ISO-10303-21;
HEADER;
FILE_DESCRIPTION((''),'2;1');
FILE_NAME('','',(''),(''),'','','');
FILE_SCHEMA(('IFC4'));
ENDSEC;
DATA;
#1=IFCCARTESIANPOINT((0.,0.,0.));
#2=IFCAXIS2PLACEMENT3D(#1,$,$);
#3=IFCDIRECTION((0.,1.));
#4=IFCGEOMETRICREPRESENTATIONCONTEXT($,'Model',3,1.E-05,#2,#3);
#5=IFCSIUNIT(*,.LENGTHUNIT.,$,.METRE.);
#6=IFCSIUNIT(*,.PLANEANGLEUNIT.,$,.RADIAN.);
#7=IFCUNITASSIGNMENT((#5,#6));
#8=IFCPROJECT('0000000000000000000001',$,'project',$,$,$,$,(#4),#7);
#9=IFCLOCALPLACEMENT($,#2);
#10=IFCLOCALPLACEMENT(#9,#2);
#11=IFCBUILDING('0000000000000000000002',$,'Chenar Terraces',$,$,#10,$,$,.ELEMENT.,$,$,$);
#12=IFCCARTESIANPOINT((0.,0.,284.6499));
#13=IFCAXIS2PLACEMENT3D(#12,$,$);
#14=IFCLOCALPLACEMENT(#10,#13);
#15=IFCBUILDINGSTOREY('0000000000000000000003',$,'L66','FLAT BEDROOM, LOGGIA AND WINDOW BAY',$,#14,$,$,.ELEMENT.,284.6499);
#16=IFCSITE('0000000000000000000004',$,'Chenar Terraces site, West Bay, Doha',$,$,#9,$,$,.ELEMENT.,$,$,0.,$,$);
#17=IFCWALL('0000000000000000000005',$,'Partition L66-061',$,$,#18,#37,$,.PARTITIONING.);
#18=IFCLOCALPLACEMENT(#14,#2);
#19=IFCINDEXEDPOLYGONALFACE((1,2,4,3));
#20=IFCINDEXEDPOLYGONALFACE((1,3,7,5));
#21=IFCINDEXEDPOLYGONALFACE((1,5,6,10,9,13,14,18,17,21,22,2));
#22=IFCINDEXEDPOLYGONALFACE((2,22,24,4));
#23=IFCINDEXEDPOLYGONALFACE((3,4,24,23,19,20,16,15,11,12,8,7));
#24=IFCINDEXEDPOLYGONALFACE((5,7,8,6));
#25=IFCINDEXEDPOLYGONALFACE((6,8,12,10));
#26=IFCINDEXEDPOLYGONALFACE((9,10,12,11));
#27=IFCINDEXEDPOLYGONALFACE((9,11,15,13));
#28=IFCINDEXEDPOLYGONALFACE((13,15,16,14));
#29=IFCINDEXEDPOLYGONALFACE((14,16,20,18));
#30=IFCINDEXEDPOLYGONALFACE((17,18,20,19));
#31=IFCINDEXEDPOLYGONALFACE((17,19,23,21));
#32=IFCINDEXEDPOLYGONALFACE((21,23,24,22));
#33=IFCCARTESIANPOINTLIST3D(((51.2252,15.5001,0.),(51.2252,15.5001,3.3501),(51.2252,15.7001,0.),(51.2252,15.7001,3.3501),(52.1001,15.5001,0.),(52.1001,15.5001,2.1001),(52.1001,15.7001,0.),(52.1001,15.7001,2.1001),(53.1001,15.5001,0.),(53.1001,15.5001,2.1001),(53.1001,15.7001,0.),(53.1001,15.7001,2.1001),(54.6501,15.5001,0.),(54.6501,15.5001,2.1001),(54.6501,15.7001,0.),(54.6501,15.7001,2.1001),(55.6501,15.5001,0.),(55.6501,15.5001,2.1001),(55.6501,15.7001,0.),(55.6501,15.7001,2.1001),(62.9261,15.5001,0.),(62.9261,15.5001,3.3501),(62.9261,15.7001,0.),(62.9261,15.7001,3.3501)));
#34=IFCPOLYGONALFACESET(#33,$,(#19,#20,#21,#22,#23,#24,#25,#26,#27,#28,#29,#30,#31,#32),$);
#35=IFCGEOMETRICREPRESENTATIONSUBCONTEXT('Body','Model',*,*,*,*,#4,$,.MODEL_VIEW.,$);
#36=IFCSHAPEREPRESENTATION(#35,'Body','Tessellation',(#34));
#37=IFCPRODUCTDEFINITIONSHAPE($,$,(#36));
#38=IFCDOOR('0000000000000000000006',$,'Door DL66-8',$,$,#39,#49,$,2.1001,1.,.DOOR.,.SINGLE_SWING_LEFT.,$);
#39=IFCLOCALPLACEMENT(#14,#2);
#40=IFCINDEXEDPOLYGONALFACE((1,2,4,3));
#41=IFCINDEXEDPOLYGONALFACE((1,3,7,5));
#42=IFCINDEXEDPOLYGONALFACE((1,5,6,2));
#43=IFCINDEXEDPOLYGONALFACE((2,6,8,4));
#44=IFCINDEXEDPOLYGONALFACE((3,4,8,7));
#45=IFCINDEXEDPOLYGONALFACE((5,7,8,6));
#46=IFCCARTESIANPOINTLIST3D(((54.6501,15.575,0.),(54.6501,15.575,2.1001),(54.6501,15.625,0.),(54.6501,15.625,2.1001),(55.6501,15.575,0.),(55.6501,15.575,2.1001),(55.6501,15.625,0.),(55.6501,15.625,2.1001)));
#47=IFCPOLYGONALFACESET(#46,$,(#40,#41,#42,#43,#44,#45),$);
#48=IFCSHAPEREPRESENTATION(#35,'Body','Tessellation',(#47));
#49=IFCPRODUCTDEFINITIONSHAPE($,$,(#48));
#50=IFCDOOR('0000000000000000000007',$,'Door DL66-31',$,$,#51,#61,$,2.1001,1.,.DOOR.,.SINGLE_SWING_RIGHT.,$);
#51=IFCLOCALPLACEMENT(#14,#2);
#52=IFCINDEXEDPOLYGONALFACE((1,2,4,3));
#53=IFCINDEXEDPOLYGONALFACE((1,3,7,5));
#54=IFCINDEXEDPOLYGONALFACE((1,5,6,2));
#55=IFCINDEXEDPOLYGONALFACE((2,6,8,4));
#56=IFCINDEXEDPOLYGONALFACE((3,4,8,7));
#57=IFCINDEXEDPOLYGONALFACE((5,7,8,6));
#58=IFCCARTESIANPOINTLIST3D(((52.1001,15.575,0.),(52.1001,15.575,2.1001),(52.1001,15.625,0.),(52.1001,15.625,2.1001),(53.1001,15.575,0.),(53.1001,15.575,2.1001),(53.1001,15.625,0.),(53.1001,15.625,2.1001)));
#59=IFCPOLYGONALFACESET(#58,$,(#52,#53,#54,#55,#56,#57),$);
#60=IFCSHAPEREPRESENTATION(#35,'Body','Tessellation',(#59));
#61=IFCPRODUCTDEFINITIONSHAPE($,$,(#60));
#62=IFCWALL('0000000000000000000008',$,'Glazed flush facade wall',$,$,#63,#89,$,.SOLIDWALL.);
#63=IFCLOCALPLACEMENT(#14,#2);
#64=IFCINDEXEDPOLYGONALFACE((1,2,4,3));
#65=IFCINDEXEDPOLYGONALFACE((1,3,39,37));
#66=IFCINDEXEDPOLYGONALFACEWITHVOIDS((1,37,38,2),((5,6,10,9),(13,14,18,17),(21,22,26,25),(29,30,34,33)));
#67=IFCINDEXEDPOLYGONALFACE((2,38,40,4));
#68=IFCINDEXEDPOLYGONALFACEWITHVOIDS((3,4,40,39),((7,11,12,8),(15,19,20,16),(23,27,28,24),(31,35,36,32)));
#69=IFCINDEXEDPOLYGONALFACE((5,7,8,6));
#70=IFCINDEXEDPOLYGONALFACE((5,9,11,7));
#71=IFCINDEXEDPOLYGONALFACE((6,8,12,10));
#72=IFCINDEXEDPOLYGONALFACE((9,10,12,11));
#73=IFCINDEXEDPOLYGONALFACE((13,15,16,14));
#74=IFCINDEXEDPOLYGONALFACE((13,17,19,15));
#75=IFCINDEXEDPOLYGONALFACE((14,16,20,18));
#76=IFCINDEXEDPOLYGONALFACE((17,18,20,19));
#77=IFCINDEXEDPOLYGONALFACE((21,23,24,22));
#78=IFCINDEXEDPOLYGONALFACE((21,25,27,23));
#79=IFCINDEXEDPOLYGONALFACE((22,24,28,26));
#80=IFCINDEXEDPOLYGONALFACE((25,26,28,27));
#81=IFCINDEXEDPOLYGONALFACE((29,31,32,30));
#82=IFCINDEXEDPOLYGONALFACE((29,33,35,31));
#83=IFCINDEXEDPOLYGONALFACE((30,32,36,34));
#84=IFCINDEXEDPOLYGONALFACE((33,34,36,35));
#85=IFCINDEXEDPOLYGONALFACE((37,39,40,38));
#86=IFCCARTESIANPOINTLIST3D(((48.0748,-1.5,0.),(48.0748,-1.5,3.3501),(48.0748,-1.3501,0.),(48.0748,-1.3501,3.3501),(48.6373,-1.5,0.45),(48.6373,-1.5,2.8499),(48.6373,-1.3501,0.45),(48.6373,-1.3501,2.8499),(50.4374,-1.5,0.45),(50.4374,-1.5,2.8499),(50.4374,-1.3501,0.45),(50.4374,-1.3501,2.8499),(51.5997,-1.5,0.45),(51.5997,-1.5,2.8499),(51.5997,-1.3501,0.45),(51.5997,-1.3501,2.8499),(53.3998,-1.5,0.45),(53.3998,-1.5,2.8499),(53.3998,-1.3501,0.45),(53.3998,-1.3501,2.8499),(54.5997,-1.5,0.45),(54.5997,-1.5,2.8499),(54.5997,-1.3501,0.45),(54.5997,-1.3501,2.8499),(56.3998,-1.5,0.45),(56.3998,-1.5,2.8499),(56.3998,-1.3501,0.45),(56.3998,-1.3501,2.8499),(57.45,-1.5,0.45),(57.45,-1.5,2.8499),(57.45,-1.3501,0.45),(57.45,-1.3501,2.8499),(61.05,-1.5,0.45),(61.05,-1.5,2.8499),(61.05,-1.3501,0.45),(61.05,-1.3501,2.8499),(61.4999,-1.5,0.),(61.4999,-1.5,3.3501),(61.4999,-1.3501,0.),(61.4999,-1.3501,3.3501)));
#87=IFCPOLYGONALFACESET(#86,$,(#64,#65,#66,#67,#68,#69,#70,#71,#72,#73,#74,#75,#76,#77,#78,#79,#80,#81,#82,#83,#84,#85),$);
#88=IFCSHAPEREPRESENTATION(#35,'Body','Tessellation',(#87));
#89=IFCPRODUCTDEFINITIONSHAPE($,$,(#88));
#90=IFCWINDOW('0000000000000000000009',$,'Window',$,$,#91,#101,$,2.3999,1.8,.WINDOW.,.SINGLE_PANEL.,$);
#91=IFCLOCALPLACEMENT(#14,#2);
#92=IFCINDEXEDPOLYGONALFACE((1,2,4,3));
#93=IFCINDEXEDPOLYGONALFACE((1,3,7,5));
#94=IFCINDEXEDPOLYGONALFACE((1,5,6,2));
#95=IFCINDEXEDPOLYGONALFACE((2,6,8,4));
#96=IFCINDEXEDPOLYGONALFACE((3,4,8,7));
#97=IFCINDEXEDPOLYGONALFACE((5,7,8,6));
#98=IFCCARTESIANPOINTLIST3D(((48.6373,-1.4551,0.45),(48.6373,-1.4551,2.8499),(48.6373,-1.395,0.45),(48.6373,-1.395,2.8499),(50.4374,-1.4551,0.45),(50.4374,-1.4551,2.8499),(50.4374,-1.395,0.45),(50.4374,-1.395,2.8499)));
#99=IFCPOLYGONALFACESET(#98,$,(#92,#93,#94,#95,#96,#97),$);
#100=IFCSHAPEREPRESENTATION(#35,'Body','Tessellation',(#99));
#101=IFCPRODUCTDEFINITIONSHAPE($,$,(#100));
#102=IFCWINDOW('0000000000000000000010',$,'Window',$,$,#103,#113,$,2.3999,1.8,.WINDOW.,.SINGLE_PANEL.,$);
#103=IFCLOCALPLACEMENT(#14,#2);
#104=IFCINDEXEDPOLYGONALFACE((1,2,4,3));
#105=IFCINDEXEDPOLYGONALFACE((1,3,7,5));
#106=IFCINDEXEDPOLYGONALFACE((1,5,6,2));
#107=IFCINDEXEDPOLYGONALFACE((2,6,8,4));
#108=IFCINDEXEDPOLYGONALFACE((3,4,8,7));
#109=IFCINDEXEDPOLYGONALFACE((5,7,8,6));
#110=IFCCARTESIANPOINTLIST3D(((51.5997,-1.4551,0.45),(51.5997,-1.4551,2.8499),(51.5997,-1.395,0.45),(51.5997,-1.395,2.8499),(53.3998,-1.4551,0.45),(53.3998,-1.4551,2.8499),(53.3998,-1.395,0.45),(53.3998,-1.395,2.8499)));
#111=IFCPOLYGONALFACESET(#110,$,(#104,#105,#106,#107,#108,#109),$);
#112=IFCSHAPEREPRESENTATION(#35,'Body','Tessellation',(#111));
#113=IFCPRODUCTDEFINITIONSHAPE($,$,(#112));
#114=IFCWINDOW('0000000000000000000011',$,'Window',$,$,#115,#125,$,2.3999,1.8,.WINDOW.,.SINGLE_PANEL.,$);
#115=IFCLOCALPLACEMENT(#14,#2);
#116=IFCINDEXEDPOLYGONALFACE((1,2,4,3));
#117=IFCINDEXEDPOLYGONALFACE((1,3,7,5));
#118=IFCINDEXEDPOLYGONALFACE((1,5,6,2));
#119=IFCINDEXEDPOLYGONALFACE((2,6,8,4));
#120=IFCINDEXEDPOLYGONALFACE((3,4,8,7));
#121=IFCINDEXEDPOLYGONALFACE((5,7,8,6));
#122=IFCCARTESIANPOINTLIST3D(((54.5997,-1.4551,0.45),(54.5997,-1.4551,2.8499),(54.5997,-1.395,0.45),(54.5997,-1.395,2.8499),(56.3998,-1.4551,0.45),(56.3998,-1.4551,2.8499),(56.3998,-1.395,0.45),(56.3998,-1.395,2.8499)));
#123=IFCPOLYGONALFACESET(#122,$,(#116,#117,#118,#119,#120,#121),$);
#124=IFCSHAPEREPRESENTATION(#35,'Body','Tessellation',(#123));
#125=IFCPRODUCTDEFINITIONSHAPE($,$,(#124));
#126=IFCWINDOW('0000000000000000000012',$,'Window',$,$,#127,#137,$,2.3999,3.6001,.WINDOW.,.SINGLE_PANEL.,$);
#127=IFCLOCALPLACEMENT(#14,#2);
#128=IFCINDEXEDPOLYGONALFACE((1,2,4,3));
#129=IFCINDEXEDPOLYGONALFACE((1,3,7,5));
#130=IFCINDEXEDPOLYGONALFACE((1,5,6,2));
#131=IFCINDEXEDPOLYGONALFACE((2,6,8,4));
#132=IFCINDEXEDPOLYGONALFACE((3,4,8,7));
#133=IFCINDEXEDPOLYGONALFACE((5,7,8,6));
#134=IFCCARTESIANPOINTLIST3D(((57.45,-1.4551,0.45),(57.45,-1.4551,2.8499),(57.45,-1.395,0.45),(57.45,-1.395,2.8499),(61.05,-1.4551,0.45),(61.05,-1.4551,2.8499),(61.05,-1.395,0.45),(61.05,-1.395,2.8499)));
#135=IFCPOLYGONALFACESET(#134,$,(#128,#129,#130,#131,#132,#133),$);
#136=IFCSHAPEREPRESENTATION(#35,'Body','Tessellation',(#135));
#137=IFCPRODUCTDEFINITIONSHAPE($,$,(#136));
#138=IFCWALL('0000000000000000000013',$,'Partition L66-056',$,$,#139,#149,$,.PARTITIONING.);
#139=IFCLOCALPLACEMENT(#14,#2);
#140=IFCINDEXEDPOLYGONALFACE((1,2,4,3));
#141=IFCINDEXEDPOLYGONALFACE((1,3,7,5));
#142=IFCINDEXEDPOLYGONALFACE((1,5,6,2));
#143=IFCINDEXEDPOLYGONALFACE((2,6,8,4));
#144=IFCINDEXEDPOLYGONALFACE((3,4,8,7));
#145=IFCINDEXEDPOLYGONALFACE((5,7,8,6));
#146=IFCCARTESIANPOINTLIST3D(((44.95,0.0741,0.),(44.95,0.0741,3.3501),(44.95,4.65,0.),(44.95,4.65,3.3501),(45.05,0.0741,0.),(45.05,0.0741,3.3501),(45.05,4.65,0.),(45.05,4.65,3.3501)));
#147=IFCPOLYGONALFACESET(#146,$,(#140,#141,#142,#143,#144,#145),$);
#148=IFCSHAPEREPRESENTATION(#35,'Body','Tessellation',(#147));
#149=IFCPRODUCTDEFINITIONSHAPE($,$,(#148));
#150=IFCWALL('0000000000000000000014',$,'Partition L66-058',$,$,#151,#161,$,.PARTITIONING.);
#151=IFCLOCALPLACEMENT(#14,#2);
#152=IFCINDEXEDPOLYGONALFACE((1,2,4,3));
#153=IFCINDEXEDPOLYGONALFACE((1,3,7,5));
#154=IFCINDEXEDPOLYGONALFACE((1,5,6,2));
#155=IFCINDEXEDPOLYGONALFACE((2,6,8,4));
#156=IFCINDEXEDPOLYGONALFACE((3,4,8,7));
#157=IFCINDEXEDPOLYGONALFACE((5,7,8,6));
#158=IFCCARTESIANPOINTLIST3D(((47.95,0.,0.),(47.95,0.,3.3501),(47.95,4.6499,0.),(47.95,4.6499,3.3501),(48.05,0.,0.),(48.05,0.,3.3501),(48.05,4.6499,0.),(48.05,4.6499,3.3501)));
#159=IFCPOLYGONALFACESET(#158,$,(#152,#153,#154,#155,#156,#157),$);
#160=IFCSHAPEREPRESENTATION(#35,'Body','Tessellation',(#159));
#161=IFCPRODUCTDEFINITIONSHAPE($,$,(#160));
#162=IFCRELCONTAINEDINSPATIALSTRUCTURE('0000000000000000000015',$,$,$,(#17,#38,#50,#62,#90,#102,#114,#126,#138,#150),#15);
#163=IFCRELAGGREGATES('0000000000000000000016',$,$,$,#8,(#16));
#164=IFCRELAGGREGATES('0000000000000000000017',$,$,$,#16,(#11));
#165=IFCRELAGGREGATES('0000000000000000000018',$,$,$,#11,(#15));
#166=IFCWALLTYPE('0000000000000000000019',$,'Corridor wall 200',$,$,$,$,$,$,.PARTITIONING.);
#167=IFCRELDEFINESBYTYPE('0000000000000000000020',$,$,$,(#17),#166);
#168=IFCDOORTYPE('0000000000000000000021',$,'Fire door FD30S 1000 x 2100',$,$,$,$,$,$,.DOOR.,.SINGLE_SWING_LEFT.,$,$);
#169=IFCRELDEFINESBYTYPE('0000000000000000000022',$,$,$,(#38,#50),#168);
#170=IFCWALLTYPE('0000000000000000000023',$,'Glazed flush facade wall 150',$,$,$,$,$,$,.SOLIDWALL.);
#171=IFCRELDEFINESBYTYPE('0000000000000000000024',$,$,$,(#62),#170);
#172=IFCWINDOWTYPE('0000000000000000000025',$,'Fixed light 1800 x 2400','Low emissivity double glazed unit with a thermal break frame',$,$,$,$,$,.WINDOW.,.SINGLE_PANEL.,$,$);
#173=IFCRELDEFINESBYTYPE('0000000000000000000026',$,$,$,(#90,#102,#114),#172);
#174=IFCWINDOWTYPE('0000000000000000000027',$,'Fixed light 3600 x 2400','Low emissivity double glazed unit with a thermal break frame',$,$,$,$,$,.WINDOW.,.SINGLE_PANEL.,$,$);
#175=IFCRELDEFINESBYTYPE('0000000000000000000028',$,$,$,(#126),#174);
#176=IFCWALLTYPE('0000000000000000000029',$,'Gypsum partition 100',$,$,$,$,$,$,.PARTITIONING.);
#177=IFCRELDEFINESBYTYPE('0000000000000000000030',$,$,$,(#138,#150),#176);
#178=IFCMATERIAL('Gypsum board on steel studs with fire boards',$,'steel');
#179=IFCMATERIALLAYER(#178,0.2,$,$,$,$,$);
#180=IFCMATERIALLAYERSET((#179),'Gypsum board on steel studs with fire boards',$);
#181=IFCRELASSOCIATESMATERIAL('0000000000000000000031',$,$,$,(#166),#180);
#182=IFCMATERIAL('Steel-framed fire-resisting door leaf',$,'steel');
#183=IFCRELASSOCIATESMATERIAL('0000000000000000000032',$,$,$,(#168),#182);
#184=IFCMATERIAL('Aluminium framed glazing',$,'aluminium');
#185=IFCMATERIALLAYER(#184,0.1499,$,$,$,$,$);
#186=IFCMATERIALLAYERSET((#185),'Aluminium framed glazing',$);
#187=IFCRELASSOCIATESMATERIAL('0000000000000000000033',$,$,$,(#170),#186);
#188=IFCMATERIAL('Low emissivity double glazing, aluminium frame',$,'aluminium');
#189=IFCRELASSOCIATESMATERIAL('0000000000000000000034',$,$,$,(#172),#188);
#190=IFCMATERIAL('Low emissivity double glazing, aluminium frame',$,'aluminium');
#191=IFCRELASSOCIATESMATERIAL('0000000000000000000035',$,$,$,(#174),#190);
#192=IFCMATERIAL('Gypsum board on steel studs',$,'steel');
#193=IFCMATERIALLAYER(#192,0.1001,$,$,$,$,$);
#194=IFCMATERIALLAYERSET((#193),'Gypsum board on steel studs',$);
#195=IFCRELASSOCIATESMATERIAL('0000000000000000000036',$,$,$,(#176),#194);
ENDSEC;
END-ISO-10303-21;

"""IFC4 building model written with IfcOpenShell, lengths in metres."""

from ifc_helpers import new_model, si_unit, direction, frame, frame_2d, origin, place, context, subcontext, project, spatial, rectangle, extrude, material, layer, layer_set, type_object, element, fill, save


model = new_model("IFC4")

# Units and contexts
model_context = context("Model", 3, precision=1e-05, world=origin(), true_north=direction((0.0, 1.0)))
body_context = subcontext(model_context, "Body", "Model", "MODEL_VIEW")
ifc_project = project(units=[si_unit("LENGTHUNIT", "METRE"), si_unit("PLANEANGLEUNIT", "RADIAN")], contexts=[model_context])

# Site, building, storey
site_placement = place(None, origin())
site = spatial("IfcSite", under=ifc_project, at=site_placement, Name="Chenar Terraces site, West Bay, Doha", CompositionType="ELEMENT", RefElevation=0.0)
building_placement = place(site_placement, origin())
building = spatial("IfcBuilding", under=site, at=building_placement, Name="Chenar Terraces", CompositionType="ELEMENT")
storey_placement = place(building_placement, frame((0.0, 0.0, 284.6499)))
storey = spatial("IfcBuildingStorey", under=building, at=storey_placement, Name="L66", Description="FLAT BEDROOM, LOGGIA AND WINDOW BAY", CompositionType="ELEMENT", Elevation=284.6499)

# Wall, openings, doors
ifc_material_1 = material(Name="Gypsum board on steel studs with fire boards", Category="steel")
ifc_layer_1 = layer(ifc_material_1, 0.2)
ifc_layer_set_1 = layer_set([ifc_layer_1], Name="Gypsum board on steel studs with fire boards")
wall_type_1 = type_object("IfcWallType", Name="Corridor wall 200", PredefinedType="PARTITIONING", material=ifc_layer_set_1)
wall_1_placement = place(storey_placement, frame((51.2251, 15.6001, 0.0), z_axis=(0.0, 0.0, 1.0), x_axis=(1.0, 0.0, 0.0)))
wall_1 = element("IfcWall", 1, at=wall_1_placement, inside=storey, type_object=wall_type_1, Name="Partition L66-061", PredefinedType="PARTITIONING", context=body_context, shape_type="SweptSolid", body=[
    extrude(rectangle(XDim=11.7009, YDim=0.2, at=frame_2d((5.8506, 0.0))), origin(), (0.0, 0.0, 1.0), 3.3501),
])
opening_1_placement = place(wall_1_placement, frame((3.425, 0.0, 0.0)))
opening_1 = element("IfcOpeningElement", 2, at=opening_1_placement, cuts=wall_1, PredefinedType="OPENING", context=body_context, shape_type="SweptSolid", body=[
    extrude(rectangle(XDim=1.0, YDim=2.1001, at=frame_2d((0.5, 1.05))), frame((0.0, 0.1099, 0.0), z_axis=(0.0, -1.0, 0.0), x_axis=(1.0, 0.0, 0.0)), (0.0, 0.0, 1.0), 0.22),
])
opening_2_placement = place(wall_1_placement, frame((0.875, 0.0, 0.0)))
opening_2 = element("IfcOpeningElement", 3, at=opening_2_placement, cuts=wall_1, PredefinedType="OPENING", context=body_context, shape_type="SweptSolid", body=[
    extrude(rectangle(XDim=1.0, YDim=2.1001, at=frame_2d((0.5, 1.05))), frame((0.0, 0.1099, 0.0), z_axis=(0.0, -1.0, 0.0), x_axis=(1.0, 0.0, 0.0)), (0.0, 0.0, 1.0), 0.22),
])
ifc_material_2 = material(Name="Steel-framed fire-resisting door leaf", Category="steel")
door_type_1 = type_object("IfcDoorType", Name="Fire door FD30S 1000 x 2100", OperationType="SINGLE_SWING_LEFT", PredefinedType="DOOR", material=ifc_material_2)
door_1_placement = place(opening_1_placement, origin())
door_1 = element("IfcDoor", 4, at=door_1_placement, inside=storey, type_object=door_type_1, Name="Door DL66-8", OperationType="SINGLE_SWING_LEFT", OverallHeight=2.1001, OverallWidth=1.0, PredefinedType="DOOR", context=body_context, shape_type="SweptSolid", body=[
    extrude(rectangle(XDim=1.0, YDim=2.1001, at=frame_2d((0.5, 1.05))), frame((0.0, 0.0249, 0.0), z_axis=(0.0, -1.0, 0.0), x_axis=(1.0, 0.0, 0.0)), (0.0, 0.0, 1.0), 0.05),
])
fill(opening_1, door_1)
door_2_placement = place(opening_2_placement, origin())
door_2 = element("IfcDoor", 5, at=door_2_placement, inside=storey, type_object=door_type_1, Name="Door DL66-31", OperationType="SINGLE_SWING_RIGHT", OverallHeight=2.1001, OverallWidth=1.0, PredefinedType="DOOR", context=body_context, shape_type="SweptSolid", body=[
    extrude(rectangle(XDim=1.0, YDim=2.1001, at=frame_2d((0.5, 1.05))), frame((0.0, 0.0249, 0.0), z_axis=(0.0, -1.0, 0.0), x_axis=(1.0, 0.0, 0.0)), (0.0, 0.0, 1.0), 0.05),
])
fill(opening_2, door_2)

# Wall, openings, windows
ifc_material_3 = material(Name="Aluminium framed glazing", Category="aluminium")
ifc_layer_2 = layer(ifc_material_3, 0.1499)
ifc_layer_set_2 = layer_set([ifc_layer_2], Name="Aluminium framed glazing")
wall_type_2 = type_object("IfcWallType", Name="Glazed flush facade wall 150", PredefinedType="SOLIDWALL", material=ifc_layer_set_2)
wall_2_placement = place(storey_placement, frame((48.075, -1.425, 0.0), z_axis=(0.0, 0.0, 1.0), x_axis=(1.0, 0.0, 0.0)))
wall_2 = element("IfcWall", 6, at=wall_2_placement, inside=storey, type_object=wall_type_2, Name="Glazed flush facade wall", PredefinedType="SOLIDWALL", context=body_context, shape_type="SweptSolid", body=[
    extrude(rectangle(XDim=13.425, YDim=0.1499, at=frame_2d((6.7124, 0.0))), origin(), (0.0, 0.0, 1.0), 3.3501),
])
opening_3_placement = place(wall_2_placement, frame((0.5625, 0.0, 0.45)))
opening_3 = element("IfcOpeningElement", 7, at=opening_3_placement, cuts=wall_2, PredefinedType="OPENING", context=body_context, shape_type="SweptSolid", body=[
    extrude(rectangle(XDim=1.8, YDim=2.3999, at=frame_2d((0.8999, 1.2))), frame((0.0, 0.085, 0.0), z_axis=(0.0, -1.0, 0.0), x_axis=(1.0, 0.0, 0.0)), (0.0, 0.0, 1.0), 0.1699),
])
opening_4_placement = place(wall_2_placement, frame((3.5249, 0.0, 0.45)))
opening_4 = element("IfcOpeningElement", 8, at=opening_4_placement, cuts=wall_2, PredefinedType="OPENING", context=body_context, shape_type="SweptSolid", body=[
    extrude(rectangle(XDim=1.8, YDim=2.3999, at=frame_2d((0.8999, 1.2))), frame((0.0, 0.085, 0.0), z_axis=(0.0, -1.0, 0.0), x_axis=(1.0, 0.0, 0.0)), (0.0, 0.0, 1.0), 0.1699),
])
opening_5_placement = place(wall_2_placement, frame((6.5249, 0.0, 0.45)))
opening_5 = element("IfcOpeningElement", 9, at=opening_5_placement, cuts=wall_2, PredefinedType="OPENING", context=body_context, shape_type="SweptSolid", body=[
    extrude(rectangle(XDim=1.8, YDim=2.3999, at=frame_2d((0.8999, 1.2))), frame((0.0, 0.085, 0.0), z_axis=(0.0, -1.0, 0.0), x_axis=(1.0, 0.0, 0.0)), (0.0, 0.0, 1.0), 0.1699),
])
opening_6_placement = place(wall_2_placement, frame((9.375, 0.0, 0.45)))
opening_6 = element("IfcOpeningElement", 10, at=opening_6_placement, cuts=wall_2, PredefinedType="OPENING", context=body_context, shape_type="SweptSolid", body=[
    extrude(rectangle(XDim=3.6001, YDim=2.3999, at=frame_2d((1.8, 1.2))), frame((0.0, 0.085, 0.0), z_axis=(0.0, -1.0, 0.0), x_axis=(1.0, 0.0, 0.0)), (0.0, 0.0, 1.0), 0.1699),
])
ifc_material_4 = material(Name="Low emissivity double glazing, aluminium frame", Category="aluminium")
window_type_1 = type_object("IfcWindowType", Name="Fixed light 1800 x 2400", Description="Low emissivity double glazed unit with a thermal break frame", PartitioningType="SINGLE_PANEL", PredefinedType="WINDOW", material=ifc_material_4)
window_1_placement = place(opening_3_placement, origin())
window_1 = element("IfcWindow", 11, at=window_1_placement, inside=storey, type_object=window_type_1, Name="Window", OverallHeight=2.3999, OverallWidth=1.8, PartitioningType="SINGLE_PANEL", PredefinedType="WINDOW", context=body_context, shape_type="SweptSolid", body=[
    extrude(rectangle(XDim=1.8, YDim=2.3999, at=frame_2d((0.8999, 1.2))), frame((0.0, 0.03, 0.0), z_axis=(0.0, -1.0, 0.0), x_axis=(1.0, 0.0, 0.0)), (0.0, 0.0, 1.0), 0.0601),
])
fill(opening_3, window_1)
window_2_placement = place(opening_4_placement, origin())
window_2 = element("IfcWindow", 12, at=window_2_placement, inside=storey, type_object=window_type_1, Name="Window", OverallHeight=2.3999, OverallWidth=1.8, PartitioningType="SINGLE_PANEL", PredefinedType="WINDOW", context=body_context, shape_type="SweptSolid", body=[
    extrude(rectangle(XDim=1.8, YDim=2.3999, at=frame_2d((0.8999, 1.2))), frame((0.0, 0.03, 0.0), z_axis=(0.0, -1.0, 0.0), x_axis=(1.0, 0.0, 0.0)), (0.0, 0.0, 1.0), 0.0601),
])
fill(opening_4, window_2)
window_3_placement = place(opening_5_placement, origin())
window_3 = element("IfcWindow", 13, at=window_3_placement, inside=storey, type_object=window_type_1, Name="Window", OverallHeight=2.3999, OverallWidth=1.8, PartitioningType="SINGLE_PANEL", PredefinedType="WINDOW", context=body_context, shape_type="SweptSolid", body=[
    extrude(rectangle(XDim=1.8, YDim=2.3999, at=frame_2d((0.8999, 1.2))), frame((0.0, 0.03, 0.0), z_axis=(0.0, -1.0, 0.0), x_axis=(1.0, 0.0, 0.0)), (0.0, 0.0, 1.0), 0.0601),
])
fill(opening_5, window_3)
ifc_material_5 = material(Name="Low emissivity double glazing, aluminium frame", Category="aluminium")
window_type_2 = type_object("IfcWindowType", Name="Fixed light 3600 x 2400", Description="Low emissivity double glazed unit with a thermal break frame", PartitioningType="SINGLE_PANEL", PredefinedType="WINDOW", material=ifc_material_5)
window_4_placement = place(opening_6_placement, origin())
window_4 = element("IfcWindow", 14, at=window_4_placement, inside=storey, type_object=window_type_2, Name="Window", OverallHeight=2.3999, OverallWidth=3.6001, PartitioningType="SINGLE_PANEL", PredefinedType="WINDOW", context=body_context, shape_type="SweptSolid", body=[
    extrude(rectangle(XDim=3.6001, YDim=2.3999, at=frame_2d((1.8, 1.2))), frame((0.0, 0.03, 0.0), z_axis=(0.0, -1.0, 0.0), x_axis=(1.0, 0.0, 0.0)), (0.0, 0.0, 1.0), 0.0601),
])
fill(opening_6, window_4)

# Walls
ifc_material_6 = material(Name="Gypsum board on steel studs", Category="steel")
ifc_layer_3 = layer(ifc_material_6, 0.1001)
ifc_layer_set_3 = layer_set([ifc_layer_3], Name="Gypsum board on steel studs")
wall_type_3 = type_object("IfcWallType", Name="Gypsum partition 100", PredefinedType="PARTITIONING", material=ifc_layer_set_3)
wall_3_placement = place(storey_placement, frame((45.0, 0.074, 0.0), z_axis=(0.0, 0.0, 1.0), x_axis=(0.0, 1.0, 0.0)))
element("IfcWall", 15, at=wall_3_placement, inside=storey, type_object=wall_type_3, Name="Partition L66-056", PredefinedType="PARTITIONING", context=body_context, shape_type="SweptSolid", body=[
    extrude(rectangle(XDim=4.5759, YDim=0.1001, at=frame_2d((2.2881, 0.0))), origin(), (0.0, 0.0, 1.0), 3.3501),
])
wall_4_placement = place(storey_placement, frame((48.0, 0.0, 0.0), z_axis=(0.0, 0.0, 1.0), x_axis=(0.0, 1.0, 0.0)))
element("IfcWall", 16, at=wall_4_placement, inside=storey, type_object=wall_type_3, Name="Partition L66-058", PredefinedType="PARTITIONING", context=body_context, shape_type="SweptSolid", body=[
    extrude(rectangle(XDim=4.6499, YDim=0.1001, at=frame_2d((2.325, 0.0))), origin(), (0.0, 0.0, 1.0), 3.3501),
])

save(model, "model.ifc")
